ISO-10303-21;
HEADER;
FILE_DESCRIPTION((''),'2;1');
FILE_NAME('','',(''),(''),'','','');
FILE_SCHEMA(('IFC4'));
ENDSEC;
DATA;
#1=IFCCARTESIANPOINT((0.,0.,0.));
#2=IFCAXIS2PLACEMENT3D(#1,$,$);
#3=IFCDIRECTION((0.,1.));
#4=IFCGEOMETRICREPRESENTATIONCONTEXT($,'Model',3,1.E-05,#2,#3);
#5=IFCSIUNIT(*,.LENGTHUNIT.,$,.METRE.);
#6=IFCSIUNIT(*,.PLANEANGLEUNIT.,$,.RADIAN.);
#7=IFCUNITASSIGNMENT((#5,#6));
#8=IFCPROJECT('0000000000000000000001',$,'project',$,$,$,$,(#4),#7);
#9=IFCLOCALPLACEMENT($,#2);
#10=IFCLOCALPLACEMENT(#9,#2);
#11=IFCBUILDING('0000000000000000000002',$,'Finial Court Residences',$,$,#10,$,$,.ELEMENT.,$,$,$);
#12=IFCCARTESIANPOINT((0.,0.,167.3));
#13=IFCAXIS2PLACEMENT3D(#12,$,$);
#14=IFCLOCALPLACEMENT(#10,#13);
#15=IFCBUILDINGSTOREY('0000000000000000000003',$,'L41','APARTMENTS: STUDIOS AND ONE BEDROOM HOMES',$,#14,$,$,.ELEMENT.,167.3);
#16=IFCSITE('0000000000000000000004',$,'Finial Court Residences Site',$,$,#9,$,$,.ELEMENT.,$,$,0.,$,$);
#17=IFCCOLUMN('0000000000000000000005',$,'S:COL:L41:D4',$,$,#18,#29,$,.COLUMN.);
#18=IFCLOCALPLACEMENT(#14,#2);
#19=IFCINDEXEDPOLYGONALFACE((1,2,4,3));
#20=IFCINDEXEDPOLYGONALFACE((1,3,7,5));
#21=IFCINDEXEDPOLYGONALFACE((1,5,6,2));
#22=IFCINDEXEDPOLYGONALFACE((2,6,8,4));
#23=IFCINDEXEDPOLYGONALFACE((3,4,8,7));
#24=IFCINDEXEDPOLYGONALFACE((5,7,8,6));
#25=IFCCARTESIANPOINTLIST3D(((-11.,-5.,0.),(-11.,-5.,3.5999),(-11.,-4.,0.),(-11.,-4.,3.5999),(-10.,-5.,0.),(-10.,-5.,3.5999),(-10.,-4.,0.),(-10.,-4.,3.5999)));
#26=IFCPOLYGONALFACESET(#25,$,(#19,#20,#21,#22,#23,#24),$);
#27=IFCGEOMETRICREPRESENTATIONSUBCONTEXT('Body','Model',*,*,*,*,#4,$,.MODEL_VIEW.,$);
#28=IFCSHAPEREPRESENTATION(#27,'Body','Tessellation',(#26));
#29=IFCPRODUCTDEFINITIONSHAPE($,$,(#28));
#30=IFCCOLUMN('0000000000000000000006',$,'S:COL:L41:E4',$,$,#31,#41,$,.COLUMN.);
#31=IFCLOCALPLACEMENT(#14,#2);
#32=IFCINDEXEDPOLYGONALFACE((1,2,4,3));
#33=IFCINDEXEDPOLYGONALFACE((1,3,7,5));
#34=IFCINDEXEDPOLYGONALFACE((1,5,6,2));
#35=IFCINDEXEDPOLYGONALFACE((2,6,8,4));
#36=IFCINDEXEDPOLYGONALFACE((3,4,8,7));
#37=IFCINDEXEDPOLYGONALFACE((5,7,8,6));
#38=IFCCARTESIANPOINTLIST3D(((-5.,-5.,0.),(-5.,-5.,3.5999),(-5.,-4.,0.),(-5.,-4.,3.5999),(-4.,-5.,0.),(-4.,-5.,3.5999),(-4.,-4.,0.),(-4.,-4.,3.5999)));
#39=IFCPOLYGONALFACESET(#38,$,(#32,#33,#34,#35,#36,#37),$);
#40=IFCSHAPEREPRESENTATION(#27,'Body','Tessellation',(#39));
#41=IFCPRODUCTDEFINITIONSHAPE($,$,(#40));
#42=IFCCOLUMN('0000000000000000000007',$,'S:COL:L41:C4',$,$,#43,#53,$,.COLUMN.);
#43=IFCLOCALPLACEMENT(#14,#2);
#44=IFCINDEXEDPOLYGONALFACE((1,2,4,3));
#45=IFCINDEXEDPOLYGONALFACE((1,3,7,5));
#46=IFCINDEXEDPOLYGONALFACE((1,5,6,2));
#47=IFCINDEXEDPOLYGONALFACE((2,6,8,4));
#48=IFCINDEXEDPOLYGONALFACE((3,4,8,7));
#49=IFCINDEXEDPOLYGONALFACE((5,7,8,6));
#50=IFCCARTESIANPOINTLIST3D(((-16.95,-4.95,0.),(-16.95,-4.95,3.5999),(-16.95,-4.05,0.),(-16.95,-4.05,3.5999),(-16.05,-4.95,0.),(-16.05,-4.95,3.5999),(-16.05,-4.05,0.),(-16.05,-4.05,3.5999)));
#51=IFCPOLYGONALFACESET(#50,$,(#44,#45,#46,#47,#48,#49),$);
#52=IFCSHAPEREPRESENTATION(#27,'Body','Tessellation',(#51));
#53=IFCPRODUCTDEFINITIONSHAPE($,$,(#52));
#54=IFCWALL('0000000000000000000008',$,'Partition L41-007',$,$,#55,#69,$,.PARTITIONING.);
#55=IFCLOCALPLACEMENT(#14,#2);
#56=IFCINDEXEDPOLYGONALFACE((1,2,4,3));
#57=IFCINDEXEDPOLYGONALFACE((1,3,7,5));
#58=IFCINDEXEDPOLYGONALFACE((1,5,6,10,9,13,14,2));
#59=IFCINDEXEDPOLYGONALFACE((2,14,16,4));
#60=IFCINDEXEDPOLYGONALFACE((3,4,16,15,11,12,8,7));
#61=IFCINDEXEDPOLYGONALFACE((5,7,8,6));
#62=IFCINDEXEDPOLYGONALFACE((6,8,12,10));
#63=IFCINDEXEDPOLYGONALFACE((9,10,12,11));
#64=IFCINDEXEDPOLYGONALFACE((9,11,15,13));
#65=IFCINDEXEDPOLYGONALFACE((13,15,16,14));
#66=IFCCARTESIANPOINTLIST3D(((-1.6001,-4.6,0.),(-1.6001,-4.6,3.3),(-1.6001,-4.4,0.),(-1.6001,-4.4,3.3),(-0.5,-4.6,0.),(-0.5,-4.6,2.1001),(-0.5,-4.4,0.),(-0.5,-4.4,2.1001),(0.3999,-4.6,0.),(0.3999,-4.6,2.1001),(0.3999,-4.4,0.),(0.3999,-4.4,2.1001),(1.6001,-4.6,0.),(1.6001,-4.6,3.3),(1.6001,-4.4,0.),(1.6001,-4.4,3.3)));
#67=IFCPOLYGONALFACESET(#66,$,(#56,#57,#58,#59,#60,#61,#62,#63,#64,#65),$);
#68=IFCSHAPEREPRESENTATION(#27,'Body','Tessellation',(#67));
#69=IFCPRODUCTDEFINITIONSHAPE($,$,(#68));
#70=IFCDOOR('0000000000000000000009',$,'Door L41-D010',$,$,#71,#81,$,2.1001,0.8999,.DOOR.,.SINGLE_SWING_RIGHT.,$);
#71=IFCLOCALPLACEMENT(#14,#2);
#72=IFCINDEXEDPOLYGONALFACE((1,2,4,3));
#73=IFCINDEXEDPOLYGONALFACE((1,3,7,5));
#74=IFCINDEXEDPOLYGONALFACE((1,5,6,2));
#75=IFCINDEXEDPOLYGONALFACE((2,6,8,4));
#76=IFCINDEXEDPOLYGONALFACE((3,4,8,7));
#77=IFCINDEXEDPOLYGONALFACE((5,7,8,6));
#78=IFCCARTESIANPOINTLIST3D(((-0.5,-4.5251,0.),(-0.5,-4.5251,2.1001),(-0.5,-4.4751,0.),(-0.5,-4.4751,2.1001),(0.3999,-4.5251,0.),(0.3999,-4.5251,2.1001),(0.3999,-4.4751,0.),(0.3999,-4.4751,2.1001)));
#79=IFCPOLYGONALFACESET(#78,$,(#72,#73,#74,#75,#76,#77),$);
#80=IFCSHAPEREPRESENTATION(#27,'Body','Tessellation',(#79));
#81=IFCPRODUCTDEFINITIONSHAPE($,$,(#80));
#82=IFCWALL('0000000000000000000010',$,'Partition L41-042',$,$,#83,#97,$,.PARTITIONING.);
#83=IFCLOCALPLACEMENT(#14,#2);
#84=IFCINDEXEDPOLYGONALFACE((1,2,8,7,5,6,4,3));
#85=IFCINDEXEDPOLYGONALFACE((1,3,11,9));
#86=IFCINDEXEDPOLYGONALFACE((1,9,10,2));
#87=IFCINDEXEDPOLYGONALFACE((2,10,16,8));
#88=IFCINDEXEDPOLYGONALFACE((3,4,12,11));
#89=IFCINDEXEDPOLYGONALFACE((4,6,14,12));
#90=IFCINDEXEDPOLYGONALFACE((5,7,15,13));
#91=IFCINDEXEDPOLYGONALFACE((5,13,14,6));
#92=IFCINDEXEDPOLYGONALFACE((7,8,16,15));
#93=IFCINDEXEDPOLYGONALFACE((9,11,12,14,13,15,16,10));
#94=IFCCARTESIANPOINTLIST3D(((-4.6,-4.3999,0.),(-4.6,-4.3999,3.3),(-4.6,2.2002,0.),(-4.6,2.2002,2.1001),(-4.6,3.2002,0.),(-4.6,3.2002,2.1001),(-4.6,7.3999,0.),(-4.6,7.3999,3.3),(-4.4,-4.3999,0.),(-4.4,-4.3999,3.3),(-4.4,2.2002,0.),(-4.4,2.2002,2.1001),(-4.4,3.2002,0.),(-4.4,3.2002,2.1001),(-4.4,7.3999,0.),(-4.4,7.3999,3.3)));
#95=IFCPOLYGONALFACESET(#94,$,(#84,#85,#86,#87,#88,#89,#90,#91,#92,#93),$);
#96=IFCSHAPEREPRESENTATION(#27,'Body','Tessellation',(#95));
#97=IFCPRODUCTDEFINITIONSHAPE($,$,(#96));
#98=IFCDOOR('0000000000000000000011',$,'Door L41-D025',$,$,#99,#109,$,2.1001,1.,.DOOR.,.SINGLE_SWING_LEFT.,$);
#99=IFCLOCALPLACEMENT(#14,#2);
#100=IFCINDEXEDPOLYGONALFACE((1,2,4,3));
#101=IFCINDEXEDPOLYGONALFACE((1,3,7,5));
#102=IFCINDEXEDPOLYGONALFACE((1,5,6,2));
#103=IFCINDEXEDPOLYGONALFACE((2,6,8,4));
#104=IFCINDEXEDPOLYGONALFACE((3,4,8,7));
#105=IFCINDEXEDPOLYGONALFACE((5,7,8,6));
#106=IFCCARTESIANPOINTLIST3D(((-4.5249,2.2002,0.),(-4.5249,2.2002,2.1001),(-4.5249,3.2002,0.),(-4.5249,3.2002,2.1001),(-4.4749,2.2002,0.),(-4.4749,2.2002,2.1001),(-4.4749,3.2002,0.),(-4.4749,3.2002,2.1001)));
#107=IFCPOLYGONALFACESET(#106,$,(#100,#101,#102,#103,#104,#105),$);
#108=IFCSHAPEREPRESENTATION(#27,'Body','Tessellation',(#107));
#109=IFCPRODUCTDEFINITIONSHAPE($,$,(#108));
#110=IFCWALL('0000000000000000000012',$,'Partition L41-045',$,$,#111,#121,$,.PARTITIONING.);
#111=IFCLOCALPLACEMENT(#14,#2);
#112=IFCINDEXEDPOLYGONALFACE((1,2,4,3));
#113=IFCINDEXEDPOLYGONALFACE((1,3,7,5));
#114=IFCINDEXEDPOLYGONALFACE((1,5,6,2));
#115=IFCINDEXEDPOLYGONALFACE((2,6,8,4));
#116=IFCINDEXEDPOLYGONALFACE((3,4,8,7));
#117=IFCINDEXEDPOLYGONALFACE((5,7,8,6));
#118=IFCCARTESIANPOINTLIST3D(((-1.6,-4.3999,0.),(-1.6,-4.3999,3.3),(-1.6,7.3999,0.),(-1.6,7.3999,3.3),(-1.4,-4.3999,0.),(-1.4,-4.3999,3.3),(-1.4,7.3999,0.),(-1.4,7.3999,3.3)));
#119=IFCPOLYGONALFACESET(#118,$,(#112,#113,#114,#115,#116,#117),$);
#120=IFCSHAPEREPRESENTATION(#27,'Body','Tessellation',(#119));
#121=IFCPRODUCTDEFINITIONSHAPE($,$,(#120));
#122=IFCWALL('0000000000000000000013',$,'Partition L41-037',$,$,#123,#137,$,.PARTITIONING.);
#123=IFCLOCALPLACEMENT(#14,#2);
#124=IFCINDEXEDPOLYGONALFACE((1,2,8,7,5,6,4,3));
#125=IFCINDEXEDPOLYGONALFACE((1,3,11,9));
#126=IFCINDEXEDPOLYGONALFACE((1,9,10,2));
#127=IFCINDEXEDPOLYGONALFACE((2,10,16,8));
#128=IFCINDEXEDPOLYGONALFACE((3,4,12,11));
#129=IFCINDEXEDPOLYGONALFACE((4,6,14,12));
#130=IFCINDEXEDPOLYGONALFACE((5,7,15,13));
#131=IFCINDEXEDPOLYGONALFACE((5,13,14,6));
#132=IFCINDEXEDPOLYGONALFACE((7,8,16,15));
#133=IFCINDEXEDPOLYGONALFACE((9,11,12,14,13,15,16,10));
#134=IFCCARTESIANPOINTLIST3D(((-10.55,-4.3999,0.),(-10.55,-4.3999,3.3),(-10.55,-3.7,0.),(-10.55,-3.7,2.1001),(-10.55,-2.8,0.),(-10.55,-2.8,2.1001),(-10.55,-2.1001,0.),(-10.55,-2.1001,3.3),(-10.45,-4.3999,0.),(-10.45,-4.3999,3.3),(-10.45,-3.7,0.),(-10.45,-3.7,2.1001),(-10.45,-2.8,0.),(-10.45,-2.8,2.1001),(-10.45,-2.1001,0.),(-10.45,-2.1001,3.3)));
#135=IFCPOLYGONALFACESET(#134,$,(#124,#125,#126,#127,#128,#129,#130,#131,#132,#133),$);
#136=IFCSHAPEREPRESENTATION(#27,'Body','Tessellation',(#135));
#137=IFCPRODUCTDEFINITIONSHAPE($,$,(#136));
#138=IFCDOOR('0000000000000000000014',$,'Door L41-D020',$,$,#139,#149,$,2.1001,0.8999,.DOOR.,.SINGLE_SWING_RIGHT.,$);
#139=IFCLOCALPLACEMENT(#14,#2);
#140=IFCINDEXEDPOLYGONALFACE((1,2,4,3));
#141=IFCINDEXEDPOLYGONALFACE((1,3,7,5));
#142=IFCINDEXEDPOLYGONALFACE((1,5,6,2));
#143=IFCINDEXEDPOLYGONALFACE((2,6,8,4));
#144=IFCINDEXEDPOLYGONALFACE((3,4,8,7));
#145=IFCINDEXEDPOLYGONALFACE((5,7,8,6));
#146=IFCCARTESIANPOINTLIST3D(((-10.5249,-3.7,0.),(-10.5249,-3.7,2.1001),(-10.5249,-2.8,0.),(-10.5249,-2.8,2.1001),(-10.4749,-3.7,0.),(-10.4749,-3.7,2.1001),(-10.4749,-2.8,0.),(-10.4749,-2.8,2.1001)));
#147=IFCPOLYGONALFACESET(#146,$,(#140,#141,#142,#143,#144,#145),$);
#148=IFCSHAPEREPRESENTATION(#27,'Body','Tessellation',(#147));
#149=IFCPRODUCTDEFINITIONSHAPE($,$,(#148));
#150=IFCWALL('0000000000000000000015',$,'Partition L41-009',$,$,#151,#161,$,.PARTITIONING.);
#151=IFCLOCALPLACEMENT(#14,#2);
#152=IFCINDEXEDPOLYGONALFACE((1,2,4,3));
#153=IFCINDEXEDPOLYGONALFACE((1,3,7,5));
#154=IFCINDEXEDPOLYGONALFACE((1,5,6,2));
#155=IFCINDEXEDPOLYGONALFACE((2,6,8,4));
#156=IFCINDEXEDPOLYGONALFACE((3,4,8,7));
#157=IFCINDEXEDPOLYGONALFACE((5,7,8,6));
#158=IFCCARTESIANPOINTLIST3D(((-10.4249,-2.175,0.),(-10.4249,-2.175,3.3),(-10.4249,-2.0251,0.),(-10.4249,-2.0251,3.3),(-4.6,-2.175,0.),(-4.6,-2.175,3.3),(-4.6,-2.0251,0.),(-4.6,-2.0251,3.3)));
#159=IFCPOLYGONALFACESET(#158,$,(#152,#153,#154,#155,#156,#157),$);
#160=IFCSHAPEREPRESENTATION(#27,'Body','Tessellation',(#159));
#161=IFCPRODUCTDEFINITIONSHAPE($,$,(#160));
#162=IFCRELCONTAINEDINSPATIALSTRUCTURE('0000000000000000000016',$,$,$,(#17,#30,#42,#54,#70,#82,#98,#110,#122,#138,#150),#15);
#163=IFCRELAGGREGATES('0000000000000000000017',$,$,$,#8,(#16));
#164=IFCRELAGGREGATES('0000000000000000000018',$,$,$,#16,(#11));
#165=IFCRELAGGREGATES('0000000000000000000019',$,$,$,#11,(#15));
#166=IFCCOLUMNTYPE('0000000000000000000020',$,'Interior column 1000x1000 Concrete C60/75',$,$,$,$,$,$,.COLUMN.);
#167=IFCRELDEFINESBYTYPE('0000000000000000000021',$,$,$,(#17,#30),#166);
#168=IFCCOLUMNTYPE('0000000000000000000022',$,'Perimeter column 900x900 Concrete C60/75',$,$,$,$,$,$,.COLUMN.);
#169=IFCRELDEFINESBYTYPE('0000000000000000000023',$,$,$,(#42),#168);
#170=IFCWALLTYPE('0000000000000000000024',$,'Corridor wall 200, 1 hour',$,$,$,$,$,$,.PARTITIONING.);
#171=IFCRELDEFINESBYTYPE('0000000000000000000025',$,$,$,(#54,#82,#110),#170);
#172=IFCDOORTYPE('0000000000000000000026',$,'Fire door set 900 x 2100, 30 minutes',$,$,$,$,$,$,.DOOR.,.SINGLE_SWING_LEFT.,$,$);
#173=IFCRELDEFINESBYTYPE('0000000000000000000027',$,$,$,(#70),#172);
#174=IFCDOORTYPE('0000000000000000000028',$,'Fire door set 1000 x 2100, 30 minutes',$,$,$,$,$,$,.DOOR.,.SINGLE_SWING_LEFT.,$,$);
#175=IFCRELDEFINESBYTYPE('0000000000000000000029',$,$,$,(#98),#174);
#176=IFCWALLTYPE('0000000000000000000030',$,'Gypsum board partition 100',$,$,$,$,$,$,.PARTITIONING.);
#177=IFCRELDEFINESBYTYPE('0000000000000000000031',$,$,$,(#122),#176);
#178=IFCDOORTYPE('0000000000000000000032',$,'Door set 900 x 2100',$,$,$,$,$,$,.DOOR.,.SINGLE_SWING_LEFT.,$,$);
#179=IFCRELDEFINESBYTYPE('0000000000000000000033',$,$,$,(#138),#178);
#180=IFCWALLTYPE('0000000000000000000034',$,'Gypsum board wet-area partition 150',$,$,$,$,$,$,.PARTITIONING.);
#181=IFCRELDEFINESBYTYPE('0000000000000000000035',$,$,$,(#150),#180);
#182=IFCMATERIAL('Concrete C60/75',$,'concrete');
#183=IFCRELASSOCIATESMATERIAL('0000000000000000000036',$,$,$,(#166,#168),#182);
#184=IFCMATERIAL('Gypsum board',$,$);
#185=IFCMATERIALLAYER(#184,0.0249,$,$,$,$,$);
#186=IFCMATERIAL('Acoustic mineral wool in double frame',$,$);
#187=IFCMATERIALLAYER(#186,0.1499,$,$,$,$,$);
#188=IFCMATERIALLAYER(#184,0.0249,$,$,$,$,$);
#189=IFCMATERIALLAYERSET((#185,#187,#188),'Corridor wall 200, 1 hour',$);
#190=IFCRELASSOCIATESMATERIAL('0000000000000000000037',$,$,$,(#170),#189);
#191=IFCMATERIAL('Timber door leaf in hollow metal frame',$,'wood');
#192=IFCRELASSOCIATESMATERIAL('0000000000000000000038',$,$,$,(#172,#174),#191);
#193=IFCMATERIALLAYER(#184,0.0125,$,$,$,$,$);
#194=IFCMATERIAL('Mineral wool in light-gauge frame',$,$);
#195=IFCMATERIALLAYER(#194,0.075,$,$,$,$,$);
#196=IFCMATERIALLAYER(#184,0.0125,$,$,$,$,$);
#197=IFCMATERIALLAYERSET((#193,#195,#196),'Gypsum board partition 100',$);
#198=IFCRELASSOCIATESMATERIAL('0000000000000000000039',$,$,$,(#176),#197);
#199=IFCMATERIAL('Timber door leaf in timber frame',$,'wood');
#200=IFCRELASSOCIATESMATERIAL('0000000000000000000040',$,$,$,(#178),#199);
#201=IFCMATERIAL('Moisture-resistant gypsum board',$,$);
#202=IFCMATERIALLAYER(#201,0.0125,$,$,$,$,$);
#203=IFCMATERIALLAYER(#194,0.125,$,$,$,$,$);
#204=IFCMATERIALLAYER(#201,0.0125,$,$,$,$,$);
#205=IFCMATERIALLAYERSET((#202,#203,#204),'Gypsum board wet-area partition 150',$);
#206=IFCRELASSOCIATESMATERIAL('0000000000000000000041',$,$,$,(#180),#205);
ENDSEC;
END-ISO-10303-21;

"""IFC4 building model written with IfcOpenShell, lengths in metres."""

from ifc_helpers import new_model, si_unit, direction, frame, frame_2d, origin, origin_2d, place, context, subcontext, project, spatial, rectangle, extrude, material, layer, layer_set, material_profile, profile_set, type_object, element, fill, save


model = new_model("IFC4")

# Units and contexts
model_context = context("Model", 3, precision=1e-05, world=origin(), true_north=direction((0.0, 1.0)))
body_context = subcontext(model_context, "Body", "Model", "MODEL_VIEW")
ifc_project = project(units=[si_unit("LENGTHUNIT", "METRE"), si_unit("PLANEANGLEUNIT", "RADIAN")], contexts=[model_context])

# Site, building, storey
site_placement = place(None, origin())
site = spatial("IfcSite", under=ifc_project, at=site_placement, Name="Finial Court Residences Site", CompositionType="ELEMENT", RefElevation=0.0)
building_placement = place(site_placement, origin())
building = spatial("IfcBuilding", under=site, at=building_placement, Name="Finial Court Residences", CompositionType="ELEMENT")
storey_placement = place(building_placement, frame((0.0, 0.0, 167.3)))
storey = spatial("IfcBuildingStorey", under=building, at=storey_placement, Name="L41", Description="APARTMENTS: STUDIOS AND ONE BEDROOM HOMES", CompositionType="ELEMENT", Elevation=167.3)

# Columns
ifc_material_1 = material(Name="Concrete C60/75", Category="concrete")
ifc_material_profile_1 = material_profile(ifc_material_1, rectangle(XDim=1.0, YDim=1.0, at=origin_2d()), Name="1000x1000")
ifc_profile_set_1 = profile_set([ifc_material_profile_1], Name="Concrete C60/75")
column_type_1 = type_object("IfcColumnType", Name="Interior column 1000x1000 Concrete C60/75", PredefinedType="COLUMN", material=ifc_profile_set_1)
for number, where, z_axis, x_axis, name in (
    (1, (-10.5, -4.5, 0.0), (0.0, 0.0, 1.0), (1.0, 0.0, 0.0), "S:COL:L41:D4"),
    (2, (-4.5, -4.5, 0.0), (0.0, 0.0, 1.0), (1.0, 0.0, 0.0), "S:COL:L41:E4"),
):
    element("IfcColumn", number, at=place(storey_placement, frame(where, z_axis=z_axis, x_axis=x_axis)), inside=storey, type_object=column_type_1, Name=name, PredefinedType="COLUMN", context=body_context, shape_type="SweptSolid", body=[
        extrude(rectangle(XDim=1.0, YDim=1.0, at=origin_2d()), origin(), (0.0, 0.0, 1.0), 3.5999),
    ])
ifc_material_profile_2 = material_profile(ifc_material_1, rectangle(XDim=0.8999, YDim=0.8999, at=origin_2d()), Name="900x900")
ifc_profile_set_2 = profile_set([ifc_material_profile_2], Name="Concrete C60/75")
column_type_2 = type_object("IfcColumnType", Name="Perimeter column 900x900 Concrete C60/75", PredefinedType="COLUMN", material=ifc_profile_set_2)
column_placement = place(storey_placement, frame((-16.5, -4.5, 0.0), z_axis=(0.0, 0.0, 1.0), x_axis=(1.0, 0.0, 0.0)))
element("IfcColumn", 3, at=column_placement, inside=storey, type_object=column_type_2, Name="S:COL:L41:C4", PredefinedType="COLUMN", context=body_context, shape_type="SweptSolid", body=[
    extrude(rectangle(XDim=0.8999, YDim=0.8999, at=origin_2d()), origin(), (0.0, 0.0, 1.0), 3.5999),
])

# Walls, openings, doors
ifc_material_2 = material(Name="Gypsum board")
ifc_layer_1 = layer(ifc_material_2, 0.0249)
ifc_material_3 = material(Name="Acoustic mineral wool in double frame")
ifc_layer_2 = layer(ifc_material_3, 0.1499)
ifc_layer_3 = layer(ifc_material_2, 0.0249)
ifc_layer_set_1 = layer_set([ifc_layer_1, ifc_layer_2, ifc_layer_3], Name="Corridor wall 200, 1 hour")
wall_type_1 = type_object("IfcWallType", Name="Corridor wall 200, 1 hour", PredefinedType="PARTITIONING", material=ifc_layer_set_1)
wall_1_placement = place(storey_placement, frame((-1.6001, -4.5, 0.0), z_axis=(0.0, 0.0, 1.0), x_axis=(1.0, 0.0, 0.0)))
wall_1 = element("IfcWall", 4, at=wall_1_placement, inside=storey, type_object=wall_type_1, Name="Partition L41-007", PredefinedType="PARTITIONING", context=body_context, shape_type="SweptSolid", body=[
    extrude(rectangle(XDim=3.2002, YDim=0.2, at=frame_2d((1.6001, 0.0))), origin(), (0.0, 0.0, 1.0), 3.3),
])
opening_1_placement = place(wall_1_placement, frame((1.1001, 0.0, 0.0)))
opening_1 = element("IfcOpeningElement", 5, at=opening_1_placement, cuts=wall_1, PredefinedType="OPENING", context=body_context, shape_type="SweptSolid", body=[
    extrude(rectangle(XDim=0.8999, YDim=2.1001, at=frame_2d((0.45, 1.05))), frame((0.0, 0.1099, 0.0), z_axis=(0.0, -1.0, 0.0), x_axis=(1.0, 0.0, 0.0)), (0.0, 0.0, 1.0), 0.22),
])
ifc_material_4 = material(Name="Timber door leaf in hollow metal frame", Category="wood")
door_type_1 = type_object("IfcDoorType", Name="Fire door set 900 x 2100, 30 minutes", OperationType="SINGLE_SWING_LEFT", PredefinedType="DOOR", material=ifc_material_4)
door_1_placement = place(opening_1_placement, origin())
door_1 = element("IfcDoor", 6, at=door_1_placement, inside=storey, type_object=door_type_1, Name="Door L41-D010", OperationType="SINGLE_SWING_RIGHT", OverallHeight=2.1001, OverallWidth=0.8999, PredefinedType="DOOR", context=body_context, shape_type="SweptSolid", body=[
    extrude(rectangle(XDim=0.8999, YDim=2.1001, at=frame_2d((0.45, 1.05))), frame((0.0, 0.0249, 0.0), z_axis=(0.0, -1.0, 0.0), x_axis=(1.0, 0.0, 0.0)), (0.0, 0.0, 1.0), 0.05),
])
fill(opening_1, door_1)
wall_2_placement = place(storey_placement, frame((-4.5, -4.3999, 0.0), z_axis=(0.0, 0.0, 1.0), x_axis=(0.0, 1.0, 0.0)))
wall_2 = element("IfcWall", 7, at=wall_2_placement, inside=storey, type_object=wall_type_1, Name="Partition L41-042", PredefinedType="PARTITIONING", context=body_context, shape_type="SweptSolid", body=[
    extrude(rectangle(XDim=11.7998, YDim=0.2, at=frame_2d((5.8999, 0.0))), origin(), (0.0, 0.0, 1.0), 3.3),
])
opening_2_placement = place(wall_2_placement, frame((6.6001, 0.0, 0.0)))
opening_2 = element("IfcOpeningElement", 8, at=opening_2_placement, cuts=wall_2, PredefinedType="OPENING", context=body_context, shape_type="SweptSolid", body=[
    extrude(rectangle(XDim=1.0, YDim=2.1001, at=frame_2d((0.5, 1.05))), frame((0.0, 0.1099, 0.0), z_axis=(0.0, -1.0, 0.0), x_axis=(1.0, 0.0, 0.0)), (0.0, 0.0, 1.0), 0.22),
])
door_type_2 = type_object("IfcDoorType", Name="Fire door set 1000 x 2100, 30 minutes", OperationType="SINGLE_SWING_LEFT", PredefinedType="DOOR", material=ifc_material_4)
door_2_placement = place(opening_2_placement, origin())
door_2 = element("IfcDoor", 9, at=door_2_placement, inside=storey, type_object=door_type_2, Name="Door L41-D025", OperationType="SINGLE_SWING_LEFT", OverallHeight=2.1001, OverallWidth=1.0, PredefinedType="DOOR", context=body_context, shape_type="SweptSolid", body=[
    extrude(rectangle(XDim=1.0, YDim=2.1001, at=frame_2d((0.5, 1.05))), frame((0.0, 0.0249, 0.0), z_axis=(0.0, -1.0, 0.0), x_axis=(1.0, 0.0, 0.0)), (0.0, 0.0, 1.0), 0.05),
])
fill(opening_2, door_2)

# Wall
wall_3_placement = place(storey_placement, frame((-1.5, -4.3999, 0.0), z_axis=(0.0, 0.0, 1.0), x_axis=(0.0, 1.0, 0.0)))
element("IfcWall", 10, at=wall_3_placement, inside=storey, type_object=wall_type_1, Name="Partition L41-045", PredefinedType="PARTITIONING", context=body_context, shape_type="SweptSolid", body=[
    extrude(rectangle(XDim=11.7998, YDim=0.2, at=frame_2d((5.8999, 0.0))), origin(), (0.0, 0.0, 1.0), 3.3),
])

# Wall, opening, door
ifc_layer_4 = layer(ifc_material_2, 0.0125)
ifc_material_5 = material(Name="Mineral wool in light-gauge frame")
ifc_layer_5 = layer(ifc_material_5, 0.075)
ifc_layer_6 = layer(ifc_material_2, 0.0125)
ifc_layer_set_2 = layer_set([ifc_layer_4, ifc_layer_5, ifc_layer_6], Name="Gypsum board partition 100")
wall_type_2 = type_object("IfcWallType", Name="Gypsum board partition 100", PredefinedType="PARTITIONING", material=ifc_layer_set_2)
wall_4_placement = place(storey_placement, frame((-10.5, -4.3999, 0.0), z_axis=(0.0, 0.0, 1.0), x_axis=(0.0, 1.0, 0.0)))
wall_4 = element("IfcWall", 11, at=wall_4_placement, inside=storey, type_object=wall_type_2, Name="Partition L41-037", PredefinedType="PARTITIONING", context=body_context, shape_type="SweptSolid", body=[
    extrude(rectangle(XDim=2.2998, YDim=0.1001, at=frame_2d((1.1499, 0.0))), origin(), (0.0, 0.0, 1.0), 3.3),
])
opening_3_placement = place(wall_4_placement, frame((0.7, 0.0, 0.0)))
opening_3 = element("IfcOpeningElement", 12, at=opening_3_placement, cuts=wall_4, PredefinedType="OPENING", context=body_context, shape_type="SweptSolid", body=[
    extrude(rectangle(XDim=0.8999, YDim=2.1001, at=frame_2d((0.45, 1.05))), frame((0.0, 0.0601, 0.0), z_axis=(0.0, -1.0, 0.0), x_axis=(1.0, 0.0, 0.0)), (0.0, 0.0, 1.0), 0.1201),
])
ifc_material_6 = material(Name="Timber door leaf in timber frame", Category="wood")
door_type_3 = type_object("IfcDoorType", Name="Door set 900 x 2100", OperationType="SINGLE_SWING_LEFT", PredefinedType="DOOR", material=ifc_material_6)
door_3_placement = place(opening_3_placement, origin())
door_3 = element("IfcDoor", 13, at=door_3_placement, inside=storey, type_object=door_type_3, Name="Door L41-D020", OperationType="SINGLE_SWING_RIGHT", OverallHeight=2.1001, OverallWidth=0.8999, PredefinedType="DOOR", context=body_context, shape_type="SweptSolid", body=[
    extrude(rectangle(XDim=0.8999, YDim=2.1001, at=frame_2d((0.45, 1.05))), frame((0.0, 0.0249, 0.0), z_axis=(0.0, -1.0, 0.0), x_axis=(1.0, 0.0, 0.0)), (0.0, 0.0, 1.0), 0.05),
])
fill(opening_3, door_3)

# Wall
ifc_material_7 = material(Name="Moisture-resistant gypsum board")
ifc_layer_7 = layer(ifc_material_7, 0.0125)
ifc_layer_8 = layer(ifc_material_5, 0.125)
ifc_layer_9 = layer(ifc_material_7, 0.0125)
ifc_layer_set_3 = layer_set([ifc_layer_7, ifc_layer_8, ifc_layer_9], Name="Gypsum board wet-area partition 150")
wall_type_3 = type_object("IfcWallType", Name="Gypsum board wet-area partition 150", PredefinedType="PARTITIONING", material=ifc_layer_set_3)
wall_5_placement = place(storey_placement, frame((-10.425, -2.1001, 0.0), z_axis=(0.0, 0.0, 1.0), x_axis=(1.0, 0.0, 0.0)))
element("IfcWall", 14, at=wall_5_placement, inside=storey, type_object=wall_type_3, Name="Partition L41-009", PredefinedType="PARTITIONING", context=body_context, shape_type="SweptSolid", body=[
    extrude(rectangle(XDim=5.825, YDim=0.1499, at=frame_2d((2.9126, 0.0))), origin(), (0.0, 0.0, 1.0), 3.3),
])

save(model, "model.ifc")
